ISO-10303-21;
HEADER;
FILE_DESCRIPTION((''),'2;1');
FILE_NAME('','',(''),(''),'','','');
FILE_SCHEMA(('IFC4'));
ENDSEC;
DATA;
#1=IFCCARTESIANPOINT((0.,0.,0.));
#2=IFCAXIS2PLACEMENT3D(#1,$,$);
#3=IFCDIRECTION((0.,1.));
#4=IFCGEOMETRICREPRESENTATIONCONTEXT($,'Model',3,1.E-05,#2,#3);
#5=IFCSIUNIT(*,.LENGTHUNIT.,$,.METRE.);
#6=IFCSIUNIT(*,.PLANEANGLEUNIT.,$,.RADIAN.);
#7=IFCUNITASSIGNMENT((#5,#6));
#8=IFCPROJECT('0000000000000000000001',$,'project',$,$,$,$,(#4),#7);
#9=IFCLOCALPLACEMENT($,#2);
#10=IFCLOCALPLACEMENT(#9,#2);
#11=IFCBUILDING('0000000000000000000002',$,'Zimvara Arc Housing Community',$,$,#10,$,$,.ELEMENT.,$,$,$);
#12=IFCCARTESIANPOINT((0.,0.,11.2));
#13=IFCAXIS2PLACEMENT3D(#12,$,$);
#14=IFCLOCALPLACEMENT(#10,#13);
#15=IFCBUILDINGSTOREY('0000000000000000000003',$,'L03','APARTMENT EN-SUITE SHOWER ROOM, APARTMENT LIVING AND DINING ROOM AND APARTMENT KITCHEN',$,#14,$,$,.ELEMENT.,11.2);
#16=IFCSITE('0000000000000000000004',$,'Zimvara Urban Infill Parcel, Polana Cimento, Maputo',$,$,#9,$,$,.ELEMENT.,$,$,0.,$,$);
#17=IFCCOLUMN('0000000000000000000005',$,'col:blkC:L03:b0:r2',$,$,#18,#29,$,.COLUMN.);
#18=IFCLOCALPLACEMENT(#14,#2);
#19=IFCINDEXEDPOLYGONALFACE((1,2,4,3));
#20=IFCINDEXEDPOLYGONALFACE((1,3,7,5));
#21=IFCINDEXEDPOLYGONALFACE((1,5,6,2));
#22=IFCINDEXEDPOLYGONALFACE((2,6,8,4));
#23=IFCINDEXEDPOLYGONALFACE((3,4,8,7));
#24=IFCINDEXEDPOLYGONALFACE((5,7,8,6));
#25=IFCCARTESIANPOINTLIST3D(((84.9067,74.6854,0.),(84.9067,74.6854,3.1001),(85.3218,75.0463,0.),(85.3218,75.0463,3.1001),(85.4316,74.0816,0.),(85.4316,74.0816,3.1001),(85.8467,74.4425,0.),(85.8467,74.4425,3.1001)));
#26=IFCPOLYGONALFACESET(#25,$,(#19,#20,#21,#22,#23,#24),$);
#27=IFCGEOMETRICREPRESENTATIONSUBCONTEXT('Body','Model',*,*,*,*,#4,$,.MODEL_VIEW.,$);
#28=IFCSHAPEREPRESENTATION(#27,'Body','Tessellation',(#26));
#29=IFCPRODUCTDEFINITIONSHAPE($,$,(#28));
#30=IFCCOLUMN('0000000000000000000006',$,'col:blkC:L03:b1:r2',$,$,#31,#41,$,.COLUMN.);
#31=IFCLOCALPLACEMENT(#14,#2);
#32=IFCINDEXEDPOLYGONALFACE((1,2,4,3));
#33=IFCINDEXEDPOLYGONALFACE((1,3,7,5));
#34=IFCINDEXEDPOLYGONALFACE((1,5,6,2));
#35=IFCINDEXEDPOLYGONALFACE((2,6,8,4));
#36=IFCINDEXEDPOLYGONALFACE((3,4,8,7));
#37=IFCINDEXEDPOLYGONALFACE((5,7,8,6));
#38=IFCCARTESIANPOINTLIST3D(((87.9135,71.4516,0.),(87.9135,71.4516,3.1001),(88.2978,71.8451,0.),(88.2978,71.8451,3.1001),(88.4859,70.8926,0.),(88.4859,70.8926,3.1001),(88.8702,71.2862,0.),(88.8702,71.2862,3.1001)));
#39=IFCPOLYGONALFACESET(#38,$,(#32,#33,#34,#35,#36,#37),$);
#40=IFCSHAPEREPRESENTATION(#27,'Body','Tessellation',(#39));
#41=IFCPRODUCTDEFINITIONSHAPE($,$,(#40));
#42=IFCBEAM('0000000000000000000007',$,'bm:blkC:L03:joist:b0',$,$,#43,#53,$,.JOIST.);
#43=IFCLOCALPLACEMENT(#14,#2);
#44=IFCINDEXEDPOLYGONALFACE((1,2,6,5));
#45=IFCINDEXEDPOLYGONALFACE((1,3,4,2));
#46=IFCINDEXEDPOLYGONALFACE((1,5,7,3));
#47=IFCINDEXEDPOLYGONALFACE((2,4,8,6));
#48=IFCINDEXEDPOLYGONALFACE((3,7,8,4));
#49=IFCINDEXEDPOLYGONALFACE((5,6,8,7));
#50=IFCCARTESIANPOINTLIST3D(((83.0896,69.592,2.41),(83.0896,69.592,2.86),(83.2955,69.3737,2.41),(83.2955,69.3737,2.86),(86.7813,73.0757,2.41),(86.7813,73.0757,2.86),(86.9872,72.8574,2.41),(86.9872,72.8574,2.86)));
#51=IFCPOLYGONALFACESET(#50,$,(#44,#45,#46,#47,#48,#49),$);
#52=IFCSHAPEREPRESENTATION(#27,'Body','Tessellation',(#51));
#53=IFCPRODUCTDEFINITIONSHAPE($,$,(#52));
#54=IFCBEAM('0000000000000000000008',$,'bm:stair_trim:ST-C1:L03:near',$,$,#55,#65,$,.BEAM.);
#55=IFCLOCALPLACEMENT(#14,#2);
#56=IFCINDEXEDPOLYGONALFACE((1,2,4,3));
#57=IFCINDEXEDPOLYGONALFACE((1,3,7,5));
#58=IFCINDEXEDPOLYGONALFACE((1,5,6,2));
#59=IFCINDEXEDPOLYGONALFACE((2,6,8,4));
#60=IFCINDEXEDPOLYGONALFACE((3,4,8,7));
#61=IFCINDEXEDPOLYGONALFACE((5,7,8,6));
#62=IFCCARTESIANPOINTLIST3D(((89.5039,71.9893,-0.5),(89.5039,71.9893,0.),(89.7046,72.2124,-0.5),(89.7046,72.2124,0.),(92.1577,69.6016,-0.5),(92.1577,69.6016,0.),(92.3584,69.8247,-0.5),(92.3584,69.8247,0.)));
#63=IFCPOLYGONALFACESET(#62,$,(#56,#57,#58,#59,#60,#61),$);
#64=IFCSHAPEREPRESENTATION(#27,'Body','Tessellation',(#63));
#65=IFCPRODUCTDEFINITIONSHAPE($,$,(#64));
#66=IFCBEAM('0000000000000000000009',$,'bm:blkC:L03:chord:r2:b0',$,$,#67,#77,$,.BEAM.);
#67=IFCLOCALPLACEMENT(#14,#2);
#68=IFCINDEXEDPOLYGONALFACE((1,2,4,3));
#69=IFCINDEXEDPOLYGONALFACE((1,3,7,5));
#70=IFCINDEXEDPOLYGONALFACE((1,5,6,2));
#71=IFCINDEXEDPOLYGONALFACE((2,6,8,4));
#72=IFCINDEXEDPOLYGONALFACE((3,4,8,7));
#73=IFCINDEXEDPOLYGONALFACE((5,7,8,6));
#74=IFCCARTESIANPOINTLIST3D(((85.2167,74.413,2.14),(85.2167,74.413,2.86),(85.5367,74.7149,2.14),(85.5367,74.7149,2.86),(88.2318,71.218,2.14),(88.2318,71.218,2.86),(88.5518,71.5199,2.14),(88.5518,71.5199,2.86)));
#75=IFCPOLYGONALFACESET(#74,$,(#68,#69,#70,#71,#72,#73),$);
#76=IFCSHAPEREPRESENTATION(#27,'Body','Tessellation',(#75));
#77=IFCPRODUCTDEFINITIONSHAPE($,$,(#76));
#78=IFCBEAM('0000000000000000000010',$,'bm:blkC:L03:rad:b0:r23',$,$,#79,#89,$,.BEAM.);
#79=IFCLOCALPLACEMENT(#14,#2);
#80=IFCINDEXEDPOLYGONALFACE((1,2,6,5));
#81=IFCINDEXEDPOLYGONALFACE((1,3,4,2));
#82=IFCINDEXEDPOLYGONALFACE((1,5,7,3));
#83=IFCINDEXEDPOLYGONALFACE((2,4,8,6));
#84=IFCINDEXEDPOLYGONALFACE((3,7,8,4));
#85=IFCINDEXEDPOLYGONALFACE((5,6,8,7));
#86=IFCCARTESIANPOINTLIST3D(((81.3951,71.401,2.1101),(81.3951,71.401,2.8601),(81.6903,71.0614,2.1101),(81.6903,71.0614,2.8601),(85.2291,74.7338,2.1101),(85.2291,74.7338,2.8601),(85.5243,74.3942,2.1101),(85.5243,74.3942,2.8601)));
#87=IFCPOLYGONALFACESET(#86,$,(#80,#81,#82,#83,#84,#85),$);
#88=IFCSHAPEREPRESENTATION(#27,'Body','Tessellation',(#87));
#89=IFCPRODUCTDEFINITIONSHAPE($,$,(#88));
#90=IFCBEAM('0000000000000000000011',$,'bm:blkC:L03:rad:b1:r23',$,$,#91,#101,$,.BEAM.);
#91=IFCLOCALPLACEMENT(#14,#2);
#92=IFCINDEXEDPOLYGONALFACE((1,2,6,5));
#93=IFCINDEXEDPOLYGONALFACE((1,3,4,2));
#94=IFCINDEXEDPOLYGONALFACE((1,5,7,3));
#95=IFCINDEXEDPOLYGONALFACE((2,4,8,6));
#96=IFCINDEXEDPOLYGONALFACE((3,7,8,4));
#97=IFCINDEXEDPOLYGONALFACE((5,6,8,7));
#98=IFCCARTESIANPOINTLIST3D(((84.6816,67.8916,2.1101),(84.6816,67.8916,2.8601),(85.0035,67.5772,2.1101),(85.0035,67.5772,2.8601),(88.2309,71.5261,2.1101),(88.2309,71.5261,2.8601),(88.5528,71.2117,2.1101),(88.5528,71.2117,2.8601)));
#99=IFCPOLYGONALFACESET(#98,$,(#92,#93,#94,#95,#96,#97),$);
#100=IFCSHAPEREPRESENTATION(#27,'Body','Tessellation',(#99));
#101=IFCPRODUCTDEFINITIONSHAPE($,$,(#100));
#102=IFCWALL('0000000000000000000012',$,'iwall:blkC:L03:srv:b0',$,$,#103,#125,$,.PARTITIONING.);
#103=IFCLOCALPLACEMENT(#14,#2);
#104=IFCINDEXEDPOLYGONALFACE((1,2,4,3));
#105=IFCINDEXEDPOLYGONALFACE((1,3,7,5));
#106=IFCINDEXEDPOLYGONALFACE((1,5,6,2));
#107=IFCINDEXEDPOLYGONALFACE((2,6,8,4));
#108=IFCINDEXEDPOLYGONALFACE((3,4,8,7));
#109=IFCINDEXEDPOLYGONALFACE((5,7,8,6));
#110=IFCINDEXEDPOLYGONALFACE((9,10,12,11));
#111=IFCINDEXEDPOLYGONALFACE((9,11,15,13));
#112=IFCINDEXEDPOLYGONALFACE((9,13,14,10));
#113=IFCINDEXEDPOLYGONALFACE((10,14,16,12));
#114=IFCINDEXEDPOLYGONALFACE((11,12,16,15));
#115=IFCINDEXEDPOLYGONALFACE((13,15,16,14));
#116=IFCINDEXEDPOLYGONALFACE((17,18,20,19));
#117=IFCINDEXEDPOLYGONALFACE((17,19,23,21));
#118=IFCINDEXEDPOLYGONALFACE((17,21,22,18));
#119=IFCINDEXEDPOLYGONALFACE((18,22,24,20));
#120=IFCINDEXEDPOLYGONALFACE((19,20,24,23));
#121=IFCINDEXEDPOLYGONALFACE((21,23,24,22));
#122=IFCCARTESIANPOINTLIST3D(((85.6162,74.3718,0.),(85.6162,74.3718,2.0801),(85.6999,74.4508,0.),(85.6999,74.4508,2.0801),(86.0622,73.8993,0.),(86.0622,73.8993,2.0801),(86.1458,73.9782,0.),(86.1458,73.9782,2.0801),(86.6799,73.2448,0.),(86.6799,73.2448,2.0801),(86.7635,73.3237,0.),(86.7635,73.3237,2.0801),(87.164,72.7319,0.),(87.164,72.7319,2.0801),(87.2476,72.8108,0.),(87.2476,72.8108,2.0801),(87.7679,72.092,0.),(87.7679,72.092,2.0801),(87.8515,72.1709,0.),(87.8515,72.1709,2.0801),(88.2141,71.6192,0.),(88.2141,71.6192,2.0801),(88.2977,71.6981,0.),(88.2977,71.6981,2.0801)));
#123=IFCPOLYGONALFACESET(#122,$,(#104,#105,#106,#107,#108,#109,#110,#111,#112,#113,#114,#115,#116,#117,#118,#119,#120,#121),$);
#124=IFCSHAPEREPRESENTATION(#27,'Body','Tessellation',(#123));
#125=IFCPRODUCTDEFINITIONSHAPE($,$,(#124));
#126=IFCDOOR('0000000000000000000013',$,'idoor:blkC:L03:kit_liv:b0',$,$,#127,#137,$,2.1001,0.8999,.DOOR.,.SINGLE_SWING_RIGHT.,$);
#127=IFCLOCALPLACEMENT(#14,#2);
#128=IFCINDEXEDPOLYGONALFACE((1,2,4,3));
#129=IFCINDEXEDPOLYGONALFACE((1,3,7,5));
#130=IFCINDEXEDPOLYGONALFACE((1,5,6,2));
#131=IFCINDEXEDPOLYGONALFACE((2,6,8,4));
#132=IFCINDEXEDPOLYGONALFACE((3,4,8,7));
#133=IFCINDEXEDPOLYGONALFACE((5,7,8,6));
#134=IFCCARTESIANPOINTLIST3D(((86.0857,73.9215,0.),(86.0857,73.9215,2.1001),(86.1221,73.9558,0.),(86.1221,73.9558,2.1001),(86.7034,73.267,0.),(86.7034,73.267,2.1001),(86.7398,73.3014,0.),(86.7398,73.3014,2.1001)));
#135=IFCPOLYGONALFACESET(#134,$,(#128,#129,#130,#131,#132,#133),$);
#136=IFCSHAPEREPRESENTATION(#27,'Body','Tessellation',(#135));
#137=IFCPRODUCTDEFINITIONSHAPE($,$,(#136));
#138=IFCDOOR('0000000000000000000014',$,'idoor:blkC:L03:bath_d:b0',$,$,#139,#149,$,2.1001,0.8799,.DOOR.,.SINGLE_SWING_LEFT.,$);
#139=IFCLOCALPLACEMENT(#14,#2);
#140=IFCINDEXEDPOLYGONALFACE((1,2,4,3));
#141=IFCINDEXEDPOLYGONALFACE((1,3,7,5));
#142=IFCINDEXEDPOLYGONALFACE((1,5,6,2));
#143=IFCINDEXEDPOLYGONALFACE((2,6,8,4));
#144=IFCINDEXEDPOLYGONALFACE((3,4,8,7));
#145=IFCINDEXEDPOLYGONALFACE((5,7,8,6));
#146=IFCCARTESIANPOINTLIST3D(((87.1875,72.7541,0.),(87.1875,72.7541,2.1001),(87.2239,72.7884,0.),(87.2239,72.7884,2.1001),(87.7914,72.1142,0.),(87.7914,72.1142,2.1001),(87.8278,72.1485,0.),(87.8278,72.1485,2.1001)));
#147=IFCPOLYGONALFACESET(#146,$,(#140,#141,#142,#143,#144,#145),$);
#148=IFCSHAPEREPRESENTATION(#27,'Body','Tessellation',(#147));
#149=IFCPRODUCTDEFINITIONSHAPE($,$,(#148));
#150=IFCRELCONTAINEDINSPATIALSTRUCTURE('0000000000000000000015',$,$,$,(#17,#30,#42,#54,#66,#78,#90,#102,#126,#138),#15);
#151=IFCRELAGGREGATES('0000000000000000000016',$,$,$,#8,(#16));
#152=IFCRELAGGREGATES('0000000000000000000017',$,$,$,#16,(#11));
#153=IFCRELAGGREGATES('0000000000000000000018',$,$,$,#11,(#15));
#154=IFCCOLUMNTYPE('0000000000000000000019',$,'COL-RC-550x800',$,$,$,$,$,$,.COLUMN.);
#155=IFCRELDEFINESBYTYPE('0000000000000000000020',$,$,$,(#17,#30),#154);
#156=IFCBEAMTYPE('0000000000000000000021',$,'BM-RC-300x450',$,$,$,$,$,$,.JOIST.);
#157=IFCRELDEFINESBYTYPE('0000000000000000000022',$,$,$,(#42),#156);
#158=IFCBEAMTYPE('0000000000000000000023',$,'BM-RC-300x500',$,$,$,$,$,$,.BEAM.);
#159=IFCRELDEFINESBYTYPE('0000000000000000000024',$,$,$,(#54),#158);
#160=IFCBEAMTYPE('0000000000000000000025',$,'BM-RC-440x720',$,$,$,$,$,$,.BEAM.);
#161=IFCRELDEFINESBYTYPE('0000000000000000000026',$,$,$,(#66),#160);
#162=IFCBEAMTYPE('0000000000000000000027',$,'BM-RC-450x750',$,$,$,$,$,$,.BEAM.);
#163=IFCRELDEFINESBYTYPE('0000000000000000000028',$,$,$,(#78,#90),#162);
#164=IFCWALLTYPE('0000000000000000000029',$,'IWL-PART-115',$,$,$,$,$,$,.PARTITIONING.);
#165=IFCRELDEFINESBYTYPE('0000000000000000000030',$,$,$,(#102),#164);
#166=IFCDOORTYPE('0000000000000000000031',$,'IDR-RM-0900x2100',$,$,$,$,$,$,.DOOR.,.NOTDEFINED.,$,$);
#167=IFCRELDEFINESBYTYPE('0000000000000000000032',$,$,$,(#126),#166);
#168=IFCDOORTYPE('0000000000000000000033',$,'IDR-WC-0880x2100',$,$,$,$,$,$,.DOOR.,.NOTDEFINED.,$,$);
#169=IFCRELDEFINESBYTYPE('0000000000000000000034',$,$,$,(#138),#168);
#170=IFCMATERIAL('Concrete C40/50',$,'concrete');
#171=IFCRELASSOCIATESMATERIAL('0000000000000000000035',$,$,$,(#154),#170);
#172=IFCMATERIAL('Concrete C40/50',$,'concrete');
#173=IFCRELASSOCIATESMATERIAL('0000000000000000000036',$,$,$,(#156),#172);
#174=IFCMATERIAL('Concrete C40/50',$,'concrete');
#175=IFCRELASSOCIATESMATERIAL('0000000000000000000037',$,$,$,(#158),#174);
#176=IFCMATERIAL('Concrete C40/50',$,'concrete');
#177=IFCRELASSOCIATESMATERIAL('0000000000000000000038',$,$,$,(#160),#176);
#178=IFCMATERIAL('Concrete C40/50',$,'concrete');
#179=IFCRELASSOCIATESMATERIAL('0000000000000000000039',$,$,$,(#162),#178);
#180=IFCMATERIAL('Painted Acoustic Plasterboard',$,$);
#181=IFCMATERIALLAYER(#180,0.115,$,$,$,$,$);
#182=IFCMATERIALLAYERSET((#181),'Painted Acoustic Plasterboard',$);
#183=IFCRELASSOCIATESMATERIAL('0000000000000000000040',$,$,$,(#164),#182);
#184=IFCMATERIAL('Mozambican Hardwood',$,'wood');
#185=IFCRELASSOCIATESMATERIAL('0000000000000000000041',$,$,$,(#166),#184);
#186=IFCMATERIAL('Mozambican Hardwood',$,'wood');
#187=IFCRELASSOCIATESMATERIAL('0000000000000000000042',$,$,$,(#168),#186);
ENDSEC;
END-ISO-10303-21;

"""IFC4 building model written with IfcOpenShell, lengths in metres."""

from ifc_helpers import new_model, si_unit, direction, frame, frame_2d, origin, origin_2d, place, context, subcontext, project, spatial, rectangle, extrude, material, layer, layer_set, material_profile, profile_set, type_object, element, fill, save


model = new_model("IFC4")

# Units and contexts
model_context = context("Model", 3, precision=1e-05, world=origin(), true_north=direction((0.0, 1.0)))
body_context = subcontext(model_context, "Body", "Model", "MODEL_VIEW")
ifc_project = project(units=[si_unit("LENGTHUNIT", "METRE"), si_unit("PLANEANGLEUNIT", "RADIAN")], contexts=[model_context])

# Site, building, storey
site_placement = place(None, origin())
site = spatial("IfcSite", under=ifc_project, at=site_placement, Name="Zimvara Urban Infill Parcel, Polana Cimento, Maputo", CompositionType="ELEMENT", RefElevation=0.0)
building_placement = place(site_placement, origin())
building = spatial("IfcBuilding", under=site, at=building_placement, Name="Zimvara Arc Housing Community", CompositionType="ELEMENT")
storey_placement = place(building_placement, frame((0.0, 0.0, 11.2)))
storey = spatial("IfcBuildingStorey", under=building, at=storey_placement, Name="L03", Description="APARTMENT EN-SUITE SHOWER ROOM, APARTMENT LIVING AND DINING ROOM AND APARTMENT KITCHEN", CompositionType="ELEMENT", Elevation=11.2)

# Columns
ifc_material_1 = material(Name="Concrete C40/50", Category="concrete")
ifc_material_profile_1 = material_profile(ifc_material_1, rectangle(XDim=0.55, YDim=0.8, at=origin_2d()), Name="RC 550x800")
ifc_profile_set_1 = profile_set([ifc_material_profile_1], Name="Concrete C40/50")
column_type = type_object("IfcColumnType", Name="COL-RC-550x800", PredefinedType="COLUMN", material=ifc_profile_set_1)
for number, where, z_axis, x_axis, name in (
    (1, (85.3767, 74.564, 0.0), (0.0, 0.0, 1.0), (-0.75471, -0.656059, 0.0), "col:blkC:L03:b0:r2"),
    (2, (88.3918, 71.3689, 0.0), (0.0, 0.0, 1.0), (-0.698665, -0.715449, 0.0), "col:blkC:L03:b1:r2"),
):
    element("IfcColumn", number, at=place(storey_placement, frame(where, z_axis=z_axis, x_axis=x_axis)), inside=storey, type_object=column_type, Name=name, PredefinedType="COLUMN", context=body_context, shape_type="SweptSolid", body=[
        extrude(rectangle(XDim=0.55, YDim=0.8, at=origin_2d()), origin(), (0.0, 0.0, 1.0), 3.1001),
    ])

# Beams
ifc_material_2 = material(Name="Concrete C40/50", Category="concrete")
ifc_material_profile_2 = material_profile(ifc_material_2, rectangle(XDim=0.3, YDim=0.45, at=origin_2d()), Name="RC 300x450")
ifc_profile_set_2 = profile_set([ifc_material_profile_2], Name="Concrete C40/50")
beam_type_1 = type_object("IfcBeamType", Name="BM-RC-300x450", PredefinedType="JOIST", material=ifc_profile_set_2)
beam_1_placement = place(storey_placement, frame((86.8843, 72.9666, 2.635), z_axis=(-0.7273, -0.68632, 0.0), x_axis=(0.68632, -0.7273, 0.0)))
element("IfcBeam", 3, at=beam_1_placement, inside=storey, type_object=beam_type_1, Name="bm:blkC:L03:joist:b0", PredefinedType="JOIST", context=body_context, shape_type="SweptSolid", body=[
    extrude(rectangle(XDim=0.3, YDim=0.45, at=origin_2d()), origin(), (0.0, 0.0, 1.0), 5.0759),
])
ifc_material_3 = material(Name="Concrete C40/50", Category="concrete")
ifc_material_profile_3 = material_profile(ifc_material_3, rectangle(XDim=0.3, YDim=0.5, at=origin_2d()), Name="RC 300x500")
ifc_profile_set_3 = profile_set([ifc_material_profile_3], Name="Concrete C40/50")
beam_type_2 = type_object("IfcBeamType", Name="BM-RC-300x500", PredefinedType="BEAM", material=ifc_profile_set_3)
beam_2_placement = place(storey_placement, frame((89.6042, 72.1008, -0.25), z_axis=(0.743396, -0.668851, 0.0), x_axis=(0.668851, 0.743396, 0.0)))
element("IfcBeam", 4, at=beam_2_placement, inside=storey, type_object=beam_type_2, Name="bm:stair_trim:ST-C1:L03:near", PredefinedType="BEAM", context=body_context, shape_type="SweptSolid", body=[
    extrude(rectangle(XDim=0.3, YDim=0.5, at=origin_2d()), origin(), (0.0, 0.0, 1.0), 3.5698),
])
ifc_material_4 = material(Name="Concrete C40/50", Category="concrete")
ifc_material_profile_4 = material_profile(ifc_material_4, rectangle(XDim=0.4399, YDim=0.72, at=origin_2d()), Name="RC 440x720")
ifc_profile_set_4 = profile_set([ifc_material_profile_4], Name="Concrete C40/50")
beam_type_3 = type_object("IfcBeamType", Name="BM-RC-440x720", PredefinedType="BEAM", material=ifc_profile_set_4)
beam_3_placement = place(storey_placement, frame((85.3767, 74.564, 2.5), z_axis=(0.686331, -0.727289, 0.0), x_axis=(0.727289, 0.686331, 0.0)))
element("IfcBeam", 5, at=beam_3_placement, inside=storey, type_object=beam_type_3, Name="bm:blkC:L03:chord:r2:b0", PredefinedType="BEAM", context=body_context, shape_type="SweptSolid", body=[
    extrude(rectangle(XDim=0.4399, YDim=0.72, at=origin_2d()), origin(), (0.0, 0.0, 1.0), 4.3931),
])
ifc_material_5 = material(Name="Concrete C40/50", Category="concrete")
ifc_material_profile_5 = material_profile(ifc_material_5, rectangle(XDim=0.45, YDim=0.75, at=origin_2d()), Name="RC 450x750")
ifc_profile_set_5 = profile_set([ifc_material_profile_5], Name="Concrete C40/50")
beam_type_4 = type_object("IfcBeamType", Name="BM-RC-450x750", PredefinedType="BEAM", material=ifc_profile_set_5)
for number, where, z_axis, x_axis, name in (
    (6, (85.3767, 74.564, 2.4851), (-0.754716, -0.656051, 0.0), (0.656051, -0.754716, 0.0), "bm:blkC:L03:rad:b0:r23"),
    (7, (88.3918, 71.3689, 2.4851), (-0.698671, -0.715443, 0.0), (0.715443, -0.698671, 0.0), "bm:blkC:L03:rad:b1:r23"),
):
    element("IfcBeam", number, at=place(storey_placement, frame(where, z_axis=z_axis, x_axis=x_axis)), inside=storey, type_object=beam_type_4, Name=name, PredefinedType="BEAM", context=body_context, shape_type="SweptSolid", body=[
        extrude(rectangle(XDim=0.45, YDim=0.75, at=origin_2d()), origin(), (0.0, 0.0, 1.0), 5.0801),
    ])

# Wall, openings, doors
ifc_material_6 = material(Name="Painted Acoustic Plasterboard")
ifc_layer_1 = layer(ifc_material_6, 0.115)
ifc_layer_set_1 = layer_set([ifc_layer_1], Name="Painted Acoustic Plasterboard")
wall_type_1 = type_object("IfcWallType", Name="IWL-PART-115", PredefinedType="PARTITIONING", material=ifc_layer_set_1)
wall_1_placement = place(storey_placement, frame((85.658, 74.4114, 0.0), z_axis=(0.0, 0.0, 1.0), x_axis=(0.686364, -0.727258, 0.0)))
wall_1 = element("IfcWall", 8, at=wall_1_placement, inside=storey, type_object=wall_type_1, Name="iwall:blkC:L03:srv:b0", PredefinedType="PARTITIONING", context=body_context, shape_type="SweptSolid", body=[
    extrude(rectangle(XDim=3.7849, YDim=0.115, at=frame_2d((1.8926, 0.0))), origin(), (0.0, 0.0, 1.0), 2.0801),
])
opening_1_placement = place(wall_1_placement, frame((0.6499, 0.0, 0.0)))
opening_1 = element("IfcOpeningElement", 9, at=opening_1_placement, cuts=wall_1, PredefinedType="OPENING", context=body_context, shape_type="SweptSolid", body=[
    extrude(rectangle(XDim=0.8999, YDim=2.1001, at=frame_2d((0.45, 1.05))), frame((0.0, 0.0674, 0.0), z_axis=(0.0, -1.0, 0.0), x_axis=(1.0, 0.0, 0.0)), (0.0, 0.0, 1.0), 0.135),
])
opening_2_placement = place(wall_1_placement, frame((2.2551, 0.0, 0.0)))
opening_2 = element("IfcOpeningElement", 10, at=opening_2_placement, cuts=wall_1, PredefinedType="OPENING", context=body_context, shape_type="SweptSolid", body=[
    extrude(rectangle(XDim=0.8799, YDim=2.1001, at=frame_2d((0.4399, 1.05))), frame((0.0, 0.0674, 0.0), z_axis=(0.0, -1.0, 0.0), x_axis=(1.0, 0.0, 0.0)), (0.0, 0.0, 1.0), 0.135),
])
ifc_material_7 = material(Name="Mozambican Hardwood", Category="wood")
door_type_1 = type_object("IfcDoorType", Name="IDR-RM-0900x2100", OperationType="NOTDEFINED", PredefinedType="DOOR", material=ifc_material_7)
door_1_placement = place(opening_1_placement, origin())
door_1 = element("IfcDoor", 11, at=door_1_placement, inside=storey, type_object=door_type_1, Name="idoor:blkC:L03:kit_liv:b0", OperationType="SINGLE_SWING_RIGHT", OverallHeight=2.1001, OverallWidth=0.8999, PredefinedType="DOOR", context=body_context, shape_type="SweptSolid", body=[
    extrude(rectangle(XDim=0.8999, YDim=2.1001, at=frame_2d((0.45, 1.05))), frame((0.0, 0.0249, 0.0), z_axis=(0.0, -1.0, 0.0), x_axis=(1.0, 0.0, 0.0)), (0.0, 0.0, 1.0), 0.05),
])
fill(opening_1, door_1)
ifc_material_8 = material(Name="Mozambican Hardwood", Category="wood")
door_type_2 = type_object("IfcDoorType", Name="IDR-WC-0880x2100", OperationType="NOTDEFINED", PredefinedType="DOOR", material=ifc_material_8)
door_2_placement = place(opening_2_placement, origin())
door_2 = element("IfcDoor", 12, at=door_2_placement, inside=storey, type_object=door_type_2, Name="idoor:blkC:L03:bath_d:b0", OperationType="SINGLE_SWING_LEFT", OverallHeight=2.1001, OverallWidth=0.8799, PredefinedType="DOOR", context=body_context, shape_type="SweptSolid", body=[
    extrude(rectangle(XDim=0.8799, YDim=2.1001, at=frame_2d((0.4399, 1.05))), frame((0.0, 0.0249, 0.0), z_axis=(0.0, -1.0, 0.0), x_axis=(1.0, 0.0, 0.0)), (0.0, 0.0, 1.0), 0.05),
])
fill(opening_2, door_2)

save(model, "model.ifc")
